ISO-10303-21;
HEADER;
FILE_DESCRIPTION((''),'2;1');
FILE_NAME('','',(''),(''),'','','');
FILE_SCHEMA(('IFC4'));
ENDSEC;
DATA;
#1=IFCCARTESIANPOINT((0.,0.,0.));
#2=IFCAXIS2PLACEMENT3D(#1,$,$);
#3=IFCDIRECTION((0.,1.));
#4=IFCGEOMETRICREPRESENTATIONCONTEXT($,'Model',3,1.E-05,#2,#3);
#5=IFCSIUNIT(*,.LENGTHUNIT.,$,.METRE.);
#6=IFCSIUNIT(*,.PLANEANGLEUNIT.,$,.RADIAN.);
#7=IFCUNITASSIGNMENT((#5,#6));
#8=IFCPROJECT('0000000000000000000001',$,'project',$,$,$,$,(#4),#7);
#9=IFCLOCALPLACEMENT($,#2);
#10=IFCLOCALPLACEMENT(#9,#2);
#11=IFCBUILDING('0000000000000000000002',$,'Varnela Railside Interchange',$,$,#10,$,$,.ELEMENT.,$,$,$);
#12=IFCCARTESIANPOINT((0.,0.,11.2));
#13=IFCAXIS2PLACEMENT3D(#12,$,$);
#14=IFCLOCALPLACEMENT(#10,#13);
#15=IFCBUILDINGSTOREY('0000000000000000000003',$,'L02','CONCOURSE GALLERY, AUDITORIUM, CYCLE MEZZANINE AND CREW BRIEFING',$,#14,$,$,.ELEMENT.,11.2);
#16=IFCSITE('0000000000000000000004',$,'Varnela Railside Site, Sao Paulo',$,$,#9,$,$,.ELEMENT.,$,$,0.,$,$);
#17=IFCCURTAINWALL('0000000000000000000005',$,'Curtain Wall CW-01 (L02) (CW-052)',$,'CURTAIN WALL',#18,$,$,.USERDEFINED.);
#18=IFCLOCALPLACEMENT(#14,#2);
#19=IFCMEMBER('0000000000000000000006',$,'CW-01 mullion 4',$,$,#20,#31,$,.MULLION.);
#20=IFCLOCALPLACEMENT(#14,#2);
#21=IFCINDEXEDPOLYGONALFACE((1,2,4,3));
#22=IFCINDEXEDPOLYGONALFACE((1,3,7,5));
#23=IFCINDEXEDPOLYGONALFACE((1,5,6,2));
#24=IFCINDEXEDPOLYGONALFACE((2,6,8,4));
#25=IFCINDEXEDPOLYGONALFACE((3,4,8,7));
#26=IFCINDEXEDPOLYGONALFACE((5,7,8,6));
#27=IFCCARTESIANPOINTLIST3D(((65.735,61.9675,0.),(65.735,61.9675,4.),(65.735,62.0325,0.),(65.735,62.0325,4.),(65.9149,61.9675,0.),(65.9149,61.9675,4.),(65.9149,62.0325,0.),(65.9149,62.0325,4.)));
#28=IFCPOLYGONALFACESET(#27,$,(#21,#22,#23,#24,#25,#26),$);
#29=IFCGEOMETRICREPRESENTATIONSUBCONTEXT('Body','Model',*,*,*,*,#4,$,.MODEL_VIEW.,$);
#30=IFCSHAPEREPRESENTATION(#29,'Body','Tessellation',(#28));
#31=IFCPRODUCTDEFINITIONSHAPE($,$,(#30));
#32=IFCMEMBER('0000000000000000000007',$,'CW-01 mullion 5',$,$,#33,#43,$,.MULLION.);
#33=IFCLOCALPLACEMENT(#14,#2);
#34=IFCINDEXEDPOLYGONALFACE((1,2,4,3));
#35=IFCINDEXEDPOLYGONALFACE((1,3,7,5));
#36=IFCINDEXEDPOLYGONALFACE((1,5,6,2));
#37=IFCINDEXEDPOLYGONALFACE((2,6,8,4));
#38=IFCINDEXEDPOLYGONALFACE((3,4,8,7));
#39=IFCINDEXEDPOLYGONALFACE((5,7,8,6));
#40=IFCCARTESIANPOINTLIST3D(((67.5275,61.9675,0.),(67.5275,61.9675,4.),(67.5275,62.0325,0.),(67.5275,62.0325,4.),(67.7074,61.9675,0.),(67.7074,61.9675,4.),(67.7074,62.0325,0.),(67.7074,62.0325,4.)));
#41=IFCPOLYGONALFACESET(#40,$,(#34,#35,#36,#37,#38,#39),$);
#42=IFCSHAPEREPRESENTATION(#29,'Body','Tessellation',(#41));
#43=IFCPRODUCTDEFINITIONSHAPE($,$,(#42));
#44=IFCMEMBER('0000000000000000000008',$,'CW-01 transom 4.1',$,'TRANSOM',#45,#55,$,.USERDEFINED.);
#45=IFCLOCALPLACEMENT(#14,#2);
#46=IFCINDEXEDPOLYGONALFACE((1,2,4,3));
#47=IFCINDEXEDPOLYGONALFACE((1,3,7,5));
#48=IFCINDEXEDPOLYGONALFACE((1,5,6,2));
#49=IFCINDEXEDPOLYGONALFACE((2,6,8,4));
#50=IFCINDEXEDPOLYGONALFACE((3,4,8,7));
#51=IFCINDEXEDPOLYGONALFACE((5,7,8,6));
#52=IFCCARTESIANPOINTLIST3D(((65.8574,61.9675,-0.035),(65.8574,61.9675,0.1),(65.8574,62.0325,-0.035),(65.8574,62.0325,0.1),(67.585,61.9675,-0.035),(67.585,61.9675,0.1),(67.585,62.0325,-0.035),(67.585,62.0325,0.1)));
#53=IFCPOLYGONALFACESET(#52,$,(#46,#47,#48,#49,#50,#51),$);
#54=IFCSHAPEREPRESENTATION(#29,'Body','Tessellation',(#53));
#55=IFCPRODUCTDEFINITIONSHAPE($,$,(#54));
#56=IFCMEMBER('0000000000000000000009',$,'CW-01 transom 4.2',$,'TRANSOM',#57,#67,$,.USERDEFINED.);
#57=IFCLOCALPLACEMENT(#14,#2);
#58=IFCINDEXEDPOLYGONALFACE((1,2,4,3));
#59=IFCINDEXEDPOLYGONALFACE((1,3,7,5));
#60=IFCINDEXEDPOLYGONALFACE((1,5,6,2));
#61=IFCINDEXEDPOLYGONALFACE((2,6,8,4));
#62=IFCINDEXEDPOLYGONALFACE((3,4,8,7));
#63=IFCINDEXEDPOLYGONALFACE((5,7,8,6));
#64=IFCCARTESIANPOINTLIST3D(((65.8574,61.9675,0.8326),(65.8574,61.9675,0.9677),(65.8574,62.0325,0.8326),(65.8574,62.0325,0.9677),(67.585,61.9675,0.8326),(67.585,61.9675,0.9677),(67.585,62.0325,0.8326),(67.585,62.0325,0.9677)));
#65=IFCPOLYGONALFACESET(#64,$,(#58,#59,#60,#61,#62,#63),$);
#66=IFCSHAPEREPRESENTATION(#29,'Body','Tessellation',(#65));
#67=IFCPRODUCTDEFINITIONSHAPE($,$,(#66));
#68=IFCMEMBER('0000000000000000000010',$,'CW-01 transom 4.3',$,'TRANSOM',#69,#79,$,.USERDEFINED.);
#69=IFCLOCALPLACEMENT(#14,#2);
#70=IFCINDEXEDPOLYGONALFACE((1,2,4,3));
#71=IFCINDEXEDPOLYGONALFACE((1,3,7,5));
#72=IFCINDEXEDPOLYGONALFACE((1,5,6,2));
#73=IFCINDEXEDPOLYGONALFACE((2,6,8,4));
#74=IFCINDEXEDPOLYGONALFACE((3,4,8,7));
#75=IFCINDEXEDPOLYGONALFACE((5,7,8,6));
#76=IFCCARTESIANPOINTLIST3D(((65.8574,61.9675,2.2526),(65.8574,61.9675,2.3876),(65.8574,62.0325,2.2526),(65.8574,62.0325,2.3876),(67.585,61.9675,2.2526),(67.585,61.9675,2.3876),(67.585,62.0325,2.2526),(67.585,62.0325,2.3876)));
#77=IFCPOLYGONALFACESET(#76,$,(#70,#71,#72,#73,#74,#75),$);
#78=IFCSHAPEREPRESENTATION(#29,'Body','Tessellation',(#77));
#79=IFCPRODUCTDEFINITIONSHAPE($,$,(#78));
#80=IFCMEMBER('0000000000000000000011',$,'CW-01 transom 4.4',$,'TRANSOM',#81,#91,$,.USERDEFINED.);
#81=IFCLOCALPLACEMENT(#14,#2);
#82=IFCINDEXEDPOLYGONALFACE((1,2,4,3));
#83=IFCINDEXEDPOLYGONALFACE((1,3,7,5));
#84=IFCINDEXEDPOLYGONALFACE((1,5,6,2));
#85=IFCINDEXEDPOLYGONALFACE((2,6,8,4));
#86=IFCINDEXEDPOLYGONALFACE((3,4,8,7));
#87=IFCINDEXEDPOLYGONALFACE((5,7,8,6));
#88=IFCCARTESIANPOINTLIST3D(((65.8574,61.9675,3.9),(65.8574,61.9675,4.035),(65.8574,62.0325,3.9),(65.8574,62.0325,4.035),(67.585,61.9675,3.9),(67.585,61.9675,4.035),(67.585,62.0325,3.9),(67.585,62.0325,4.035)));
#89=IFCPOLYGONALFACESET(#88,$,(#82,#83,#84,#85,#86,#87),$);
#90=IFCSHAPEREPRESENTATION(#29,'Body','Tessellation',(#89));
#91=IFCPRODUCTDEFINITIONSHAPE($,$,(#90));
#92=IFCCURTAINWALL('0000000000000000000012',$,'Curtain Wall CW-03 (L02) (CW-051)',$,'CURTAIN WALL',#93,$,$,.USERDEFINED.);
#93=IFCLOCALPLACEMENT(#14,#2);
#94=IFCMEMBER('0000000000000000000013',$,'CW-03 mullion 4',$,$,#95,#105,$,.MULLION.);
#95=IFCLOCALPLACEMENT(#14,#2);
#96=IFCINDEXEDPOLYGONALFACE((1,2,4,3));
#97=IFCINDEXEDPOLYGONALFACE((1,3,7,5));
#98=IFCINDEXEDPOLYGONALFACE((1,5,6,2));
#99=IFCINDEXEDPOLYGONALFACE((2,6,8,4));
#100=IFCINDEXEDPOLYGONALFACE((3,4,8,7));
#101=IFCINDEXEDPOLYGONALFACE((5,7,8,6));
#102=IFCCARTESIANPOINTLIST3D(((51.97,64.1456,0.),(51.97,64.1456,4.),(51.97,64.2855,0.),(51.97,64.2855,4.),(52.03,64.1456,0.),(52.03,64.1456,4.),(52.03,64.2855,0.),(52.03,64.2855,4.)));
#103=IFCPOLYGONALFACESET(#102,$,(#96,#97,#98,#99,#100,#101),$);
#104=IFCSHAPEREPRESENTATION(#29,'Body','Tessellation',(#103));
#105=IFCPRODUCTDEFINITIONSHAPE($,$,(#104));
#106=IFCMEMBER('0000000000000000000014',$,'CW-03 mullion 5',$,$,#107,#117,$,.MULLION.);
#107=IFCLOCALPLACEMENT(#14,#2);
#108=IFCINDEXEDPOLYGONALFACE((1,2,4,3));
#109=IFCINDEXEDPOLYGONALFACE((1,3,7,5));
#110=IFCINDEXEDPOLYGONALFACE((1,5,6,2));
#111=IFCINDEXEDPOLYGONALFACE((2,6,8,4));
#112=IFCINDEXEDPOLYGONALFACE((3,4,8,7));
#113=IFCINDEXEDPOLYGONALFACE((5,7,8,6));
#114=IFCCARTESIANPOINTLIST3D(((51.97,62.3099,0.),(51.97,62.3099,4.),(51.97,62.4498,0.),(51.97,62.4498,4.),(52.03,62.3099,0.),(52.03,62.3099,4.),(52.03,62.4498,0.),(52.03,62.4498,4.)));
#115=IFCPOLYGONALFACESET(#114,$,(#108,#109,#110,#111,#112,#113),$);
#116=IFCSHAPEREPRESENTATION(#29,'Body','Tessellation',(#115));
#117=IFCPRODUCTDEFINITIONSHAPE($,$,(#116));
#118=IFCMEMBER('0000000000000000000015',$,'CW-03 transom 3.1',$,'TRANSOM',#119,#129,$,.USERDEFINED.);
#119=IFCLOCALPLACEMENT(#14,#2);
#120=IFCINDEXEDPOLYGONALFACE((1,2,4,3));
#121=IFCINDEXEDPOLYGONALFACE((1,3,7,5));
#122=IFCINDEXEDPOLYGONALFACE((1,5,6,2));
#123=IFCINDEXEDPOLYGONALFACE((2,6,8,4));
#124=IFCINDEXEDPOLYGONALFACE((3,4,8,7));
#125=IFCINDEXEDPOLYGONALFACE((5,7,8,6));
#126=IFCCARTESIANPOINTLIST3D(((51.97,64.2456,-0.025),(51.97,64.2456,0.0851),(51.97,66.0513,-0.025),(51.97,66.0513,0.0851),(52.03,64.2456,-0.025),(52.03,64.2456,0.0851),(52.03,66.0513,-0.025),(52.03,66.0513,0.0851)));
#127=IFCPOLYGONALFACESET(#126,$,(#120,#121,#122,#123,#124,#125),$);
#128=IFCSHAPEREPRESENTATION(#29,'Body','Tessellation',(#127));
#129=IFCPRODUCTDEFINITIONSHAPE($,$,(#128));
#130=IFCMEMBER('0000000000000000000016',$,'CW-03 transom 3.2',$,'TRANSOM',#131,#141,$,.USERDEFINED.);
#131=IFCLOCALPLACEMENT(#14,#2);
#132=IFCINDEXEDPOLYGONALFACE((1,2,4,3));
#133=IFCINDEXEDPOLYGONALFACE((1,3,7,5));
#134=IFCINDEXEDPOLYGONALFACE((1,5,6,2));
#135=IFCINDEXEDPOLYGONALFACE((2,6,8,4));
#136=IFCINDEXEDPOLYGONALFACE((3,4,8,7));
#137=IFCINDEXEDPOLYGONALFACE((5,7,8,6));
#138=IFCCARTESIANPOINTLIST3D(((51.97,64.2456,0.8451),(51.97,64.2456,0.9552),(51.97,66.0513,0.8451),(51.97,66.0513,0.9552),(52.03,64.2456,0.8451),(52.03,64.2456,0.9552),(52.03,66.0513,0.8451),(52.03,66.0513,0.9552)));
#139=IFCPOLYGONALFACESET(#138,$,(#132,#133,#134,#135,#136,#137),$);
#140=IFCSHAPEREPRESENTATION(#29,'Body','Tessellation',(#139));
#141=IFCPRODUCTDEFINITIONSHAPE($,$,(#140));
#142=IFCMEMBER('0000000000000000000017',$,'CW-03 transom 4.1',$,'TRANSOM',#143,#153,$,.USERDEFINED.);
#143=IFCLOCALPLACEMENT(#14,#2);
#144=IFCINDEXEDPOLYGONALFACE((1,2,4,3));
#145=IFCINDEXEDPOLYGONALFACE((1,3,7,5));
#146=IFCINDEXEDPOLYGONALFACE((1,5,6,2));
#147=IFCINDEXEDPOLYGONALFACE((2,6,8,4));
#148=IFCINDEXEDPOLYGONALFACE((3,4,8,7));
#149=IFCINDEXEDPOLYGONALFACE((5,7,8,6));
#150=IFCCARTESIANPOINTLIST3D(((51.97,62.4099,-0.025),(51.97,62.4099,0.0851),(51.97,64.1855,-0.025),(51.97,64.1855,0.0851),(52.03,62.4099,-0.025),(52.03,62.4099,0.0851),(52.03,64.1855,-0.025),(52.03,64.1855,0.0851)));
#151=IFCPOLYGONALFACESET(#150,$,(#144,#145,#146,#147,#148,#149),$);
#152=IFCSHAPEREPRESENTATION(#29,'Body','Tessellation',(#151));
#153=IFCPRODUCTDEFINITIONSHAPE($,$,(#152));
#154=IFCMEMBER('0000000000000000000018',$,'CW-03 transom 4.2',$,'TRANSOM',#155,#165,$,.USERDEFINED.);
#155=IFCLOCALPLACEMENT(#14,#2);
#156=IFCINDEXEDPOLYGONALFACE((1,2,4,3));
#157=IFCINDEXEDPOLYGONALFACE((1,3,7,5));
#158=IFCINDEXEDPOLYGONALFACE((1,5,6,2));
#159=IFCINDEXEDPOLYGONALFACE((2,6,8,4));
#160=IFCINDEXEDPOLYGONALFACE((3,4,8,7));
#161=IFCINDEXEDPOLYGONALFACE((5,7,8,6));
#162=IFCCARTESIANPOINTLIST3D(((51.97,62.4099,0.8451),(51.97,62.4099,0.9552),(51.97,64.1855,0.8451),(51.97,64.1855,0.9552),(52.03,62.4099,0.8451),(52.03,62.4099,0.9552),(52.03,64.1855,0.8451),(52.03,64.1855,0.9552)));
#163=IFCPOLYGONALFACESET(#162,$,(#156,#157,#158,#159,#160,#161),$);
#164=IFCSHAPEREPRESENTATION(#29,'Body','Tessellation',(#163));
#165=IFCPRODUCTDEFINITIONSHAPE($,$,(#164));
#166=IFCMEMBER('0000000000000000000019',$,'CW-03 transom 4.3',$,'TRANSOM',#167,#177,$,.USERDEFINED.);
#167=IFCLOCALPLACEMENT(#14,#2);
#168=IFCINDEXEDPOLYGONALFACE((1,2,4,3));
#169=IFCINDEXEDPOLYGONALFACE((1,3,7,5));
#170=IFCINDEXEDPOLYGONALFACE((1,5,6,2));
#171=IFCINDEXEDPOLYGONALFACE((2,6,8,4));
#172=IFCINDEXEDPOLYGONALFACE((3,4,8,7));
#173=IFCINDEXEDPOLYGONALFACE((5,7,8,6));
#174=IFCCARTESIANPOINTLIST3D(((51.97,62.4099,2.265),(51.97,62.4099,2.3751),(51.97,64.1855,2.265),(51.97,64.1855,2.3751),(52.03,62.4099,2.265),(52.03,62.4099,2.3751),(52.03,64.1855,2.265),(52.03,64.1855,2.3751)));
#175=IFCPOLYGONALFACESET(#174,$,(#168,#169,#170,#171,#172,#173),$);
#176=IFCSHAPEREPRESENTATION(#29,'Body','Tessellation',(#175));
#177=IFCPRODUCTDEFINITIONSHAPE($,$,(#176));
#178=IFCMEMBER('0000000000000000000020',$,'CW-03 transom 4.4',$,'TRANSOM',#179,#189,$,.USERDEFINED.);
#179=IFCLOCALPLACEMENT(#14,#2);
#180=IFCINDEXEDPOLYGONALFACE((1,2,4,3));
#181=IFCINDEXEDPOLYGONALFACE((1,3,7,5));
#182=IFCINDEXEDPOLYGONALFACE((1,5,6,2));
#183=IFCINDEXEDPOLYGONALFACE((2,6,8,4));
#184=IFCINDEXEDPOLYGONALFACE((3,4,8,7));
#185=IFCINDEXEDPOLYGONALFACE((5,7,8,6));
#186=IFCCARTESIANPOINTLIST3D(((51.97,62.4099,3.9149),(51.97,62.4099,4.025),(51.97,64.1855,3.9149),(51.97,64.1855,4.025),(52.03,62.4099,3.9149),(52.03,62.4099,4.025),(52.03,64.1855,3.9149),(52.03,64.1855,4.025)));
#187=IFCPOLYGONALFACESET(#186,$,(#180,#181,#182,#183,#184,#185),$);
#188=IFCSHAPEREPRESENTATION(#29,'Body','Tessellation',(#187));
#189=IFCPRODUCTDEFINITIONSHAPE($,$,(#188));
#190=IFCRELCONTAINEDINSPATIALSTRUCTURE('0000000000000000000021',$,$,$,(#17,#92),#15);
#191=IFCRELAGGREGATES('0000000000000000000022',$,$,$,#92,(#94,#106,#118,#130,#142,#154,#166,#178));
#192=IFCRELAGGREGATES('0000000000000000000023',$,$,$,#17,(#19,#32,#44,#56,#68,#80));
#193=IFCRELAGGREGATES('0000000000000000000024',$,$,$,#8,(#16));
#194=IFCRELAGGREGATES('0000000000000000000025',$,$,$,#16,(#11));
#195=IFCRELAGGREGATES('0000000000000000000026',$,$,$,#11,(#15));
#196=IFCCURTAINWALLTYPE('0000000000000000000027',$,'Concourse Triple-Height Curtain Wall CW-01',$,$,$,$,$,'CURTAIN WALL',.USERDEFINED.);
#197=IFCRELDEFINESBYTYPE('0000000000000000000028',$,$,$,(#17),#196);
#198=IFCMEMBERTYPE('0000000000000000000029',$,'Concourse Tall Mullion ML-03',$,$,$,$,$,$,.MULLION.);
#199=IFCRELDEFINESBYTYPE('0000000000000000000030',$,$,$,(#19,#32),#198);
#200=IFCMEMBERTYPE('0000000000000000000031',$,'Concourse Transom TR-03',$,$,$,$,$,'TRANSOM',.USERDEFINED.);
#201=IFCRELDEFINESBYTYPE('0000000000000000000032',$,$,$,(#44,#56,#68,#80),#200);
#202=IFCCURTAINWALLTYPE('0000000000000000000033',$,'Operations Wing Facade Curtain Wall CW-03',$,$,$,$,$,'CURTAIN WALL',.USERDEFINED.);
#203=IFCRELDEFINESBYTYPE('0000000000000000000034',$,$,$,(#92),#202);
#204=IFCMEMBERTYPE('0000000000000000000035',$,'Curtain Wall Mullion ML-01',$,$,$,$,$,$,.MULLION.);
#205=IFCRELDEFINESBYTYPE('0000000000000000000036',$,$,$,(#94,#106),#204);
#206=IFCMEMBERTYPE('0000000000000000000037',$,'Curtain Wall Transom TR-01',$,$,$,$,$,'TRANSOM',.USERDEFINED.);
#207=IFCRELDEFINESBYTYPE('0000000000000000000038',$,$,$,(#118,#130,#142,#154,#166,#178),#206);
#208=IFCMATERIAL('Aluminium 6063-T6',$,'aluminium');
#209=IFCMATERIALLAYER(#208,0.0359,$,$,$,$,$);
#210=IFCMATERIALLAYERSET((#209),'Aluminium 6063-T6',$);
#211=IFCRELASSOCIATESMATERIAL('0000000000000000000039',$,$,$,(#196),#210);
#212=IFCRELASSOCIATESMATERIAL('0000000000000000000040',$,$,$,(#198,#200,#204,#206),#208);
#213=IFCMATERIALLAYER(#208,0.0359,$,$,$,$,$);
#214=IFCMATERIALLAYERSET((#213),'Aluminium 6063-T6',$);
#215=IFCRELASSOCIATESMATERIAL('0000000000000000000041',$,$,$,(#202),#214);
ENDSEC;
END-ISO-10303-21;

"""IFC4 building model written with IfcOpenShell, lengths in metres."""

from ifc_helpers import new_model, si_unit, direction, frame, origin, origin_2d, place, context, subcontext, project, spatial, rectangle, extrude, material, layer, layer_set, material_profile, profile_set, type_object, element, aggregate, save


model = new_model("IFC4")

# Units and contexts
model_context = context("Model", 3, precision=1e-05, world=origin(), true_north=direction((0.0, 1.0)))
body_context = subcontext(model_context, "Body", "Model", "MODEL_VIEW")
ifc_project = project(units=[si_unit("LENGTHUNIT", "METRE"), si_unit("PLANEANGLEUNIT", "RADIAN")], contexts=[model_context])

# Site, building, storey
site_placement = place(None, origin())
site = spatial("IfcSite", under=ifc_project, at=site_placement, Name="Varnela Railside Site, Sao Paulo", CompositionType="ELEMENT", RefElevation=0.0)
building_placement = place(site_placement, origin())
building = spatial("IfcBuilding", under=site, at=building_placement, Name="Varnela Railside Interchange", CompositionType="ELEMENT")
storey_placement = place(building_placement, frame((0.0, 0.0, 11.2)))
storey = spatial("IfcBuildingStorey", under=building, at=storey_placement, Name="L02", Description="CONCOURSE GALLERY, AUDITORIUM, CYCLE MEZZANINE AND CREW BRIEFING", CompositionType="ELEMENT", Elevation=11.2)

# Curtain wall, members
ifc_material_1 = material(Name="Aluminium 6063-T6", Category="aluminium")
ifc_layer_1 = layer(ifc_material_1, 0.0359)
ifc_layer_set_1 = layer_set([ifc_layer_1], Name="Aluminium 6063-T6")
curtain_wall_type_1 = type_object("IfcCurtainWallType", Name="Concourse Triple-Height Curtain Wall CW-01", ElementType="CURTAIN WALL", PredefinedType="USERDEFINED", material=ifc_layer_set_1)
curtain_wall_1_placement = place(storey_placement, origin())
curtain_wall_1 = element("IfcCurtainWall", 1, at=curtain_wall_1_placement, inside=storey, type_object=curtain_wall_type_1, Name="Curtain Wall CW-01 (L02) (CW-052)", ObjectType="CURTAIN WALL", PredefinedType="USERDEFINED")
ifc_material_profile_1 = material_profile(ifc_material_1, rectangle(XDim=0.0649, YDim=0.1799, at=origin_2d()), Name="ALU 65x180")
ifc_profile_set_1 = profile_set([ifc_material_profile_1], Name="Aluminium 6063-T6")
member_type_1 = type_object("IfcMemberType", Name="Concourse Tall Mullion ML-03", PredefinedType="MULLION", material=ifc_profile_set_1)
member_1_placement = place(storey_placement, frame((65.825, 62.0, 0.0), z_axis=(0.0, 0.0, 1.0), x_axis=(0.0, 1.0, 0.0)))
member_1 = element("IfcMember", 2, at=member_1_placement, type_object=member_type_1, Name="CW-01 mullion 4", PredefinedType="MULLION", context=body_context, shape_type="SweptSolid", body=[
    extrude(rectangle(XDim=0.0649, YDim=0.1799, at=origin_2d()), origin(), (0.0, 0.0, 1.0), 4.0),
])
member_2_placement = place(storey_placement, frame((67.6174, 62.0, 0.0), z_axis=(0.0, 0.0, 1.0), x_axis=(0.0, 1.0, 0.0)))
member_2 = element("IfcMember", 3, at=member_2_placement, type_object=member_type_1, Name="CW-01 mullion 5", PredefinedType="MULLION", context=body_context, shape_type="SweptSolid", body=[
    extrude(rectangle(XDim=0.0649, YDim=0.1799, at=origin_2d()), origin(), (0.0, 0.0, 1.0), 4.0),
])
ifc_material_profile_2 = material_profile(ifc_material_1, rectangle(XDim=0.0649, YDim=0.135, at=origin_2d()), Name="ALU 65x135")
ifc_profile_set_2 = profile_set([ifc_material_profile_2], Name="Aluminium 6063-T6")
member_type_2 = type_object("IfcMemberType", Name="Concourse Transom TR-03", ElementType="TRANSOM", PredefinedType="USERDEFINED", material=ifc_profile_set_2)
member_3_placement = place(storey_placement, frame((65.8574, 62.0, 0.0325), z_axis=(1.0, 0.0, 0.0), x_axis=(0.0, 1.0, 0.0)))
member_3 = element("IfcMember", 4, at=member_3_placement, type_object=member_type_2, Name="CW-01 transom 4.1", ObjectType="TRANSOM", PredefinedType="USERDEFINED", context=body_context, shape_type="SweptSolid", body=[
    extrude(rectangle(XDim=0.0649, YDim=0.135, at=origin_2d()), origin(), (0.0, 0.0, 1.0), 1.7275),
])
member_4_placement = place(storey_placement, frame((65.8574, 62.0, 0.9001), z_axis=(1.0, 0.0, 0.0), x_axis=(0.0, 1.0, 0.0)))
member_4 = element("IfcMember", 5, at=member_4_placement, type_object=member_type_2, Name="CW-01 transom 4.2", ObjectType="TRANSOM", PredefinedType="USERDEFINED", context=body_context, shape_type="SweptSolid", body=[
    extrude(rectangle(XDim=0.0649, YDim=0.135, at=origin_2d()), origin(), (0.0, 0.0, 1.0), 1.7275),
])
member_5_placement = place(storey_placement, frame((65.8574, 62.0, 2.3201), z_axis=(1.0, 0.0, 0.0), x_axis=(0.0, 1.0, 0.0)))
member_5 = element("IfcMember", 6, at=member_5_placement, type_object=member_type_2, Name="CW-01 transom 4.3", ObjectType="TRANSOM", PredefinedType="USERDEFINED", context=body_context, shape_type="SweptSolid", body=[
    extrude(rectangle(XDim=0.0649, YDim=0.135, at=origin_2d()), origin(), (0.0, 0.0, 1.0), 1.7275),
])
member_6_placement = place(storey_placement, frame((65.8574, 62.0, 3.9675), z_axis=(1.0, 0.0, 0.0), x_axis=(0.0, 1.0, 0.0)))
member_6 = element("IfcMember", 7, at=member_6_placement, type_object=member_type_2, Name="CW-01 transom 4.4", ObjectType="TRANSOM", PredefinedType="USERDEFINED", context=body_context, shape_type="SweptSolid", body=[
    extrude(rectangle(XDim=0.0649, YDim=0.135, at=origin_2d()), origin(), (0.0, 0.0, 1.0), 1.7275),
])

# Curtain wall, members
ifc_layer_2 = layer(ifc_material_1, 0.0359)
ifc_layer_set_2 = layer_set([ifc_layer_2], Name="Aluminium 6063-T6")
curtain_wall_type_2 = type_object("IfcCurtainWallType", Name="Operations Wing Facade Curtain Wall CW-03", ElementType="CURTAIN WALL", PredefinedType="USERDEFINED", material=ifc_layer_set_2)
curtain_wall_2_placement = place(storey_placement, origin())
curtain_wall_2 = element("IfcCurtainWall", 8, at=curtain_wall_2_placement, inside=storey, type_object=curtain_wall_type_2, Name="Curtain Wall CW-03 (L02) (CW-051)", ObjectType="CURTAIN WALL", PredefinedType="USERDEFINED")
ifc_material_profile_3 = material_profile(ifc_material_1, rectangle(XDim=0.0601, YDim=0.1399, at=origin_2d()), Name="ALU 60x140")
ifc_profile_set_3 = profile_set([ifc_material_profile_3], Name="Aluminium 6063-T6")
member_type_3 = type_object("IfcMemberType", Name="Curtain Wall Mullion ML-01", PredefinedType="MULLION", material=ifc_profile_set_3)
member_7_placement = place(storey_placement, frame((52.0, 64.2156, 0.0), z_axis=(0.0, 0.0, 1.0), x_axis=(1.0, 0.0, 0.0)))
member_7 = element("IfcMember", 9, at=member_7_placement, type_object=member_type_3, Name="CW-03 mullion 4", PredefinedType="MULLION", context=body_context, shape_type="SweptSolid", body=[
    extrude(rectangle(XDim=0.0601, YDim=0.1399, at=origin_2d()), origin(), (0.0, 0.0, 1.0), 4.0),
])
member_8_placement = place(storey_placement, frame((52.0, 62.3799, 0.0), z_axis=(0.0, 0.0, 1.0), x_axis=(1.0, 0.0, 0.0)))
member_8 = element("IfcMember", 10, at=member_8_placement, type_object=member_type_3, Name="CW-03 mullion 5", PredefinedType="MULLION", context=body_context, shape_type="SweptSolid", body=[
    extrude(rectangle(XDim=0.0601, YDim=0.1399, at=origin_2d()), origin(), (0.0, 0.0, 1.0), 4.0),
])
ifc_material_profile_4 = material_profile(ifc_material_1, rectangle(XDim=0.0601, YDim=0.1101, at=origin_2d()), Name="ALU 60x110")
ifc_profile_set_4 = profile_set([ifc_material_profile_4], Name="Aluminium 6063-T6")
member_type_4 = type_object("IfcMemberType", Name="Curtain Wall Transom TR-01", ElementType="TRANSOM", PredefinedType="USERDEFINED", material=ifc_profile_set_4)
member_9_placement = place(storey_placement, frame((52.0, 66.0513, 0.03), z_axis=(0.0, -1.0, 0.0), x_axis=(1.0, 0.0, 0.0)))
member_9 = element("IfcMember", 11, at=member_9_placement, type_object=member_type_4, Name="CW-03 transom 3.1", ObjectType="TRANSOM", PredefinedType="USERDEFINED", context=body_context, shape_type="SweptSolid", body=[
    extrude(rectangle(XDim=0.0601, YDim=0.1101, at=origin_2d()), origin(), (0.0, 0.0, 1.0), 1.8057),
])
member_10_placement = place(storey_placement, frame((52.0, 66.0513, 0.9001), z_axis=(0.0, -1.0, 0.0), x_axis=(1.0, 0.0, 0.0)))
member_10 = element("IfcMember", 12, at=member_10_placement, type_object=member_type_4, Name="CW-03 transom 3.2", ObjectType="TRANSOM", PredefinedType="USERDEFINED", context=body_context, shape_type="SweptSolid", body=[
    extrude(rectangle(XDim=0.0601, YDim=0.1101, at=origin_2d()), origin(), (0.0, 0.0, 1.0), 1.8057),
])
member_11_placement = place(storey_placement, frame((52.0, 64.1855, 0.03), z_axis=(0.0, -1.0, 0.0), x_axis=(1.0, 0.0, 0.0)))
member_11 = element("IfcMember", 13, at=member_11_placement, type_object=member_type_4, Name="CW-03 transom 4.1", ObjectType="TRANSOM", PredefinedType="USERDEFINED", context=body_context, shape_type="SweptSolid", body=[
    extrude(rectangle(XDim=0.0601, YDim=0.1101, at=origin_2d()), origin(), (0.0, 0.0, 1.0), 1.7756),
])
member_12_placement = place(storey_placement, frame((52.0, 64.1855, 0.9001), z_axis=(0.0, -1.0, 0.0), x_axis=(1.0, 0.0, 0.0)))
member_12 = element("IfcMember", 14, at=member_12_placement, type_object=member_type_4, Name="CW-03 transom 4.2", ObjectType="TRANSOM", PredefinedType="USERDEFINED", context=body_context, shape_type="SweptSolid", body=[
    extrude(rectangle(XDim=0.0601, YDim=0.1101, at=origin_2d()), origin(), (0.0, 0.0, 1.0), 1.7756),
])
member_13_placement = place(storey_placement, frame((52.0, 64.1855, 2.3201), z_axis=(0.0, -1.0, 0.0), x_axis=(1.0, 0.0, 0.0)))
member_13 = element("IfcMember", 15, at=member_13_placement, type_object=member_type_4, Name="CW-03 transom 4.3", ObjectType="TRANSOM", PredefinedType="USERDEFINED", context=body_context, shape_type="SweptSolid", body=[
    extrude(rectangle(XDim=0.0601, YDim=0.1101, at=origin_2d()), origin(), (0.0, 0.0, 1.0), 1.7756),
])
member_14_placement = place(storey_placement, frame((52.0, 64.1855, 3.97), z_axis=(0.0, -1.0, 0.0), x_axis=(1.0, 0.0, 0.0)))
member_14 = element("IfcMember", 16, at=member_14_placement, type_object=member_type_4, Name="CW-03 transom 4.4", ObjectType="TRANSOM", PredefinedType="USERDEFINED", context=body_context, shape_type="SweptSolid", body=[
    extrude(rectangle(XDim=0.0601, YDim=0.1101, at=origin_2d()), origin(), (0.0, 0.0, 1.0), 1.7756),
])
aggregate(curtain_wall_2, [member_7, member_8, member_9, member_10, member_11, member_12, member_13, member_14])

aggregate(curtain_wall_1, [member_1, member_2, member_3, member_4, member_5, member_6])

save(model, "model.ifc")
